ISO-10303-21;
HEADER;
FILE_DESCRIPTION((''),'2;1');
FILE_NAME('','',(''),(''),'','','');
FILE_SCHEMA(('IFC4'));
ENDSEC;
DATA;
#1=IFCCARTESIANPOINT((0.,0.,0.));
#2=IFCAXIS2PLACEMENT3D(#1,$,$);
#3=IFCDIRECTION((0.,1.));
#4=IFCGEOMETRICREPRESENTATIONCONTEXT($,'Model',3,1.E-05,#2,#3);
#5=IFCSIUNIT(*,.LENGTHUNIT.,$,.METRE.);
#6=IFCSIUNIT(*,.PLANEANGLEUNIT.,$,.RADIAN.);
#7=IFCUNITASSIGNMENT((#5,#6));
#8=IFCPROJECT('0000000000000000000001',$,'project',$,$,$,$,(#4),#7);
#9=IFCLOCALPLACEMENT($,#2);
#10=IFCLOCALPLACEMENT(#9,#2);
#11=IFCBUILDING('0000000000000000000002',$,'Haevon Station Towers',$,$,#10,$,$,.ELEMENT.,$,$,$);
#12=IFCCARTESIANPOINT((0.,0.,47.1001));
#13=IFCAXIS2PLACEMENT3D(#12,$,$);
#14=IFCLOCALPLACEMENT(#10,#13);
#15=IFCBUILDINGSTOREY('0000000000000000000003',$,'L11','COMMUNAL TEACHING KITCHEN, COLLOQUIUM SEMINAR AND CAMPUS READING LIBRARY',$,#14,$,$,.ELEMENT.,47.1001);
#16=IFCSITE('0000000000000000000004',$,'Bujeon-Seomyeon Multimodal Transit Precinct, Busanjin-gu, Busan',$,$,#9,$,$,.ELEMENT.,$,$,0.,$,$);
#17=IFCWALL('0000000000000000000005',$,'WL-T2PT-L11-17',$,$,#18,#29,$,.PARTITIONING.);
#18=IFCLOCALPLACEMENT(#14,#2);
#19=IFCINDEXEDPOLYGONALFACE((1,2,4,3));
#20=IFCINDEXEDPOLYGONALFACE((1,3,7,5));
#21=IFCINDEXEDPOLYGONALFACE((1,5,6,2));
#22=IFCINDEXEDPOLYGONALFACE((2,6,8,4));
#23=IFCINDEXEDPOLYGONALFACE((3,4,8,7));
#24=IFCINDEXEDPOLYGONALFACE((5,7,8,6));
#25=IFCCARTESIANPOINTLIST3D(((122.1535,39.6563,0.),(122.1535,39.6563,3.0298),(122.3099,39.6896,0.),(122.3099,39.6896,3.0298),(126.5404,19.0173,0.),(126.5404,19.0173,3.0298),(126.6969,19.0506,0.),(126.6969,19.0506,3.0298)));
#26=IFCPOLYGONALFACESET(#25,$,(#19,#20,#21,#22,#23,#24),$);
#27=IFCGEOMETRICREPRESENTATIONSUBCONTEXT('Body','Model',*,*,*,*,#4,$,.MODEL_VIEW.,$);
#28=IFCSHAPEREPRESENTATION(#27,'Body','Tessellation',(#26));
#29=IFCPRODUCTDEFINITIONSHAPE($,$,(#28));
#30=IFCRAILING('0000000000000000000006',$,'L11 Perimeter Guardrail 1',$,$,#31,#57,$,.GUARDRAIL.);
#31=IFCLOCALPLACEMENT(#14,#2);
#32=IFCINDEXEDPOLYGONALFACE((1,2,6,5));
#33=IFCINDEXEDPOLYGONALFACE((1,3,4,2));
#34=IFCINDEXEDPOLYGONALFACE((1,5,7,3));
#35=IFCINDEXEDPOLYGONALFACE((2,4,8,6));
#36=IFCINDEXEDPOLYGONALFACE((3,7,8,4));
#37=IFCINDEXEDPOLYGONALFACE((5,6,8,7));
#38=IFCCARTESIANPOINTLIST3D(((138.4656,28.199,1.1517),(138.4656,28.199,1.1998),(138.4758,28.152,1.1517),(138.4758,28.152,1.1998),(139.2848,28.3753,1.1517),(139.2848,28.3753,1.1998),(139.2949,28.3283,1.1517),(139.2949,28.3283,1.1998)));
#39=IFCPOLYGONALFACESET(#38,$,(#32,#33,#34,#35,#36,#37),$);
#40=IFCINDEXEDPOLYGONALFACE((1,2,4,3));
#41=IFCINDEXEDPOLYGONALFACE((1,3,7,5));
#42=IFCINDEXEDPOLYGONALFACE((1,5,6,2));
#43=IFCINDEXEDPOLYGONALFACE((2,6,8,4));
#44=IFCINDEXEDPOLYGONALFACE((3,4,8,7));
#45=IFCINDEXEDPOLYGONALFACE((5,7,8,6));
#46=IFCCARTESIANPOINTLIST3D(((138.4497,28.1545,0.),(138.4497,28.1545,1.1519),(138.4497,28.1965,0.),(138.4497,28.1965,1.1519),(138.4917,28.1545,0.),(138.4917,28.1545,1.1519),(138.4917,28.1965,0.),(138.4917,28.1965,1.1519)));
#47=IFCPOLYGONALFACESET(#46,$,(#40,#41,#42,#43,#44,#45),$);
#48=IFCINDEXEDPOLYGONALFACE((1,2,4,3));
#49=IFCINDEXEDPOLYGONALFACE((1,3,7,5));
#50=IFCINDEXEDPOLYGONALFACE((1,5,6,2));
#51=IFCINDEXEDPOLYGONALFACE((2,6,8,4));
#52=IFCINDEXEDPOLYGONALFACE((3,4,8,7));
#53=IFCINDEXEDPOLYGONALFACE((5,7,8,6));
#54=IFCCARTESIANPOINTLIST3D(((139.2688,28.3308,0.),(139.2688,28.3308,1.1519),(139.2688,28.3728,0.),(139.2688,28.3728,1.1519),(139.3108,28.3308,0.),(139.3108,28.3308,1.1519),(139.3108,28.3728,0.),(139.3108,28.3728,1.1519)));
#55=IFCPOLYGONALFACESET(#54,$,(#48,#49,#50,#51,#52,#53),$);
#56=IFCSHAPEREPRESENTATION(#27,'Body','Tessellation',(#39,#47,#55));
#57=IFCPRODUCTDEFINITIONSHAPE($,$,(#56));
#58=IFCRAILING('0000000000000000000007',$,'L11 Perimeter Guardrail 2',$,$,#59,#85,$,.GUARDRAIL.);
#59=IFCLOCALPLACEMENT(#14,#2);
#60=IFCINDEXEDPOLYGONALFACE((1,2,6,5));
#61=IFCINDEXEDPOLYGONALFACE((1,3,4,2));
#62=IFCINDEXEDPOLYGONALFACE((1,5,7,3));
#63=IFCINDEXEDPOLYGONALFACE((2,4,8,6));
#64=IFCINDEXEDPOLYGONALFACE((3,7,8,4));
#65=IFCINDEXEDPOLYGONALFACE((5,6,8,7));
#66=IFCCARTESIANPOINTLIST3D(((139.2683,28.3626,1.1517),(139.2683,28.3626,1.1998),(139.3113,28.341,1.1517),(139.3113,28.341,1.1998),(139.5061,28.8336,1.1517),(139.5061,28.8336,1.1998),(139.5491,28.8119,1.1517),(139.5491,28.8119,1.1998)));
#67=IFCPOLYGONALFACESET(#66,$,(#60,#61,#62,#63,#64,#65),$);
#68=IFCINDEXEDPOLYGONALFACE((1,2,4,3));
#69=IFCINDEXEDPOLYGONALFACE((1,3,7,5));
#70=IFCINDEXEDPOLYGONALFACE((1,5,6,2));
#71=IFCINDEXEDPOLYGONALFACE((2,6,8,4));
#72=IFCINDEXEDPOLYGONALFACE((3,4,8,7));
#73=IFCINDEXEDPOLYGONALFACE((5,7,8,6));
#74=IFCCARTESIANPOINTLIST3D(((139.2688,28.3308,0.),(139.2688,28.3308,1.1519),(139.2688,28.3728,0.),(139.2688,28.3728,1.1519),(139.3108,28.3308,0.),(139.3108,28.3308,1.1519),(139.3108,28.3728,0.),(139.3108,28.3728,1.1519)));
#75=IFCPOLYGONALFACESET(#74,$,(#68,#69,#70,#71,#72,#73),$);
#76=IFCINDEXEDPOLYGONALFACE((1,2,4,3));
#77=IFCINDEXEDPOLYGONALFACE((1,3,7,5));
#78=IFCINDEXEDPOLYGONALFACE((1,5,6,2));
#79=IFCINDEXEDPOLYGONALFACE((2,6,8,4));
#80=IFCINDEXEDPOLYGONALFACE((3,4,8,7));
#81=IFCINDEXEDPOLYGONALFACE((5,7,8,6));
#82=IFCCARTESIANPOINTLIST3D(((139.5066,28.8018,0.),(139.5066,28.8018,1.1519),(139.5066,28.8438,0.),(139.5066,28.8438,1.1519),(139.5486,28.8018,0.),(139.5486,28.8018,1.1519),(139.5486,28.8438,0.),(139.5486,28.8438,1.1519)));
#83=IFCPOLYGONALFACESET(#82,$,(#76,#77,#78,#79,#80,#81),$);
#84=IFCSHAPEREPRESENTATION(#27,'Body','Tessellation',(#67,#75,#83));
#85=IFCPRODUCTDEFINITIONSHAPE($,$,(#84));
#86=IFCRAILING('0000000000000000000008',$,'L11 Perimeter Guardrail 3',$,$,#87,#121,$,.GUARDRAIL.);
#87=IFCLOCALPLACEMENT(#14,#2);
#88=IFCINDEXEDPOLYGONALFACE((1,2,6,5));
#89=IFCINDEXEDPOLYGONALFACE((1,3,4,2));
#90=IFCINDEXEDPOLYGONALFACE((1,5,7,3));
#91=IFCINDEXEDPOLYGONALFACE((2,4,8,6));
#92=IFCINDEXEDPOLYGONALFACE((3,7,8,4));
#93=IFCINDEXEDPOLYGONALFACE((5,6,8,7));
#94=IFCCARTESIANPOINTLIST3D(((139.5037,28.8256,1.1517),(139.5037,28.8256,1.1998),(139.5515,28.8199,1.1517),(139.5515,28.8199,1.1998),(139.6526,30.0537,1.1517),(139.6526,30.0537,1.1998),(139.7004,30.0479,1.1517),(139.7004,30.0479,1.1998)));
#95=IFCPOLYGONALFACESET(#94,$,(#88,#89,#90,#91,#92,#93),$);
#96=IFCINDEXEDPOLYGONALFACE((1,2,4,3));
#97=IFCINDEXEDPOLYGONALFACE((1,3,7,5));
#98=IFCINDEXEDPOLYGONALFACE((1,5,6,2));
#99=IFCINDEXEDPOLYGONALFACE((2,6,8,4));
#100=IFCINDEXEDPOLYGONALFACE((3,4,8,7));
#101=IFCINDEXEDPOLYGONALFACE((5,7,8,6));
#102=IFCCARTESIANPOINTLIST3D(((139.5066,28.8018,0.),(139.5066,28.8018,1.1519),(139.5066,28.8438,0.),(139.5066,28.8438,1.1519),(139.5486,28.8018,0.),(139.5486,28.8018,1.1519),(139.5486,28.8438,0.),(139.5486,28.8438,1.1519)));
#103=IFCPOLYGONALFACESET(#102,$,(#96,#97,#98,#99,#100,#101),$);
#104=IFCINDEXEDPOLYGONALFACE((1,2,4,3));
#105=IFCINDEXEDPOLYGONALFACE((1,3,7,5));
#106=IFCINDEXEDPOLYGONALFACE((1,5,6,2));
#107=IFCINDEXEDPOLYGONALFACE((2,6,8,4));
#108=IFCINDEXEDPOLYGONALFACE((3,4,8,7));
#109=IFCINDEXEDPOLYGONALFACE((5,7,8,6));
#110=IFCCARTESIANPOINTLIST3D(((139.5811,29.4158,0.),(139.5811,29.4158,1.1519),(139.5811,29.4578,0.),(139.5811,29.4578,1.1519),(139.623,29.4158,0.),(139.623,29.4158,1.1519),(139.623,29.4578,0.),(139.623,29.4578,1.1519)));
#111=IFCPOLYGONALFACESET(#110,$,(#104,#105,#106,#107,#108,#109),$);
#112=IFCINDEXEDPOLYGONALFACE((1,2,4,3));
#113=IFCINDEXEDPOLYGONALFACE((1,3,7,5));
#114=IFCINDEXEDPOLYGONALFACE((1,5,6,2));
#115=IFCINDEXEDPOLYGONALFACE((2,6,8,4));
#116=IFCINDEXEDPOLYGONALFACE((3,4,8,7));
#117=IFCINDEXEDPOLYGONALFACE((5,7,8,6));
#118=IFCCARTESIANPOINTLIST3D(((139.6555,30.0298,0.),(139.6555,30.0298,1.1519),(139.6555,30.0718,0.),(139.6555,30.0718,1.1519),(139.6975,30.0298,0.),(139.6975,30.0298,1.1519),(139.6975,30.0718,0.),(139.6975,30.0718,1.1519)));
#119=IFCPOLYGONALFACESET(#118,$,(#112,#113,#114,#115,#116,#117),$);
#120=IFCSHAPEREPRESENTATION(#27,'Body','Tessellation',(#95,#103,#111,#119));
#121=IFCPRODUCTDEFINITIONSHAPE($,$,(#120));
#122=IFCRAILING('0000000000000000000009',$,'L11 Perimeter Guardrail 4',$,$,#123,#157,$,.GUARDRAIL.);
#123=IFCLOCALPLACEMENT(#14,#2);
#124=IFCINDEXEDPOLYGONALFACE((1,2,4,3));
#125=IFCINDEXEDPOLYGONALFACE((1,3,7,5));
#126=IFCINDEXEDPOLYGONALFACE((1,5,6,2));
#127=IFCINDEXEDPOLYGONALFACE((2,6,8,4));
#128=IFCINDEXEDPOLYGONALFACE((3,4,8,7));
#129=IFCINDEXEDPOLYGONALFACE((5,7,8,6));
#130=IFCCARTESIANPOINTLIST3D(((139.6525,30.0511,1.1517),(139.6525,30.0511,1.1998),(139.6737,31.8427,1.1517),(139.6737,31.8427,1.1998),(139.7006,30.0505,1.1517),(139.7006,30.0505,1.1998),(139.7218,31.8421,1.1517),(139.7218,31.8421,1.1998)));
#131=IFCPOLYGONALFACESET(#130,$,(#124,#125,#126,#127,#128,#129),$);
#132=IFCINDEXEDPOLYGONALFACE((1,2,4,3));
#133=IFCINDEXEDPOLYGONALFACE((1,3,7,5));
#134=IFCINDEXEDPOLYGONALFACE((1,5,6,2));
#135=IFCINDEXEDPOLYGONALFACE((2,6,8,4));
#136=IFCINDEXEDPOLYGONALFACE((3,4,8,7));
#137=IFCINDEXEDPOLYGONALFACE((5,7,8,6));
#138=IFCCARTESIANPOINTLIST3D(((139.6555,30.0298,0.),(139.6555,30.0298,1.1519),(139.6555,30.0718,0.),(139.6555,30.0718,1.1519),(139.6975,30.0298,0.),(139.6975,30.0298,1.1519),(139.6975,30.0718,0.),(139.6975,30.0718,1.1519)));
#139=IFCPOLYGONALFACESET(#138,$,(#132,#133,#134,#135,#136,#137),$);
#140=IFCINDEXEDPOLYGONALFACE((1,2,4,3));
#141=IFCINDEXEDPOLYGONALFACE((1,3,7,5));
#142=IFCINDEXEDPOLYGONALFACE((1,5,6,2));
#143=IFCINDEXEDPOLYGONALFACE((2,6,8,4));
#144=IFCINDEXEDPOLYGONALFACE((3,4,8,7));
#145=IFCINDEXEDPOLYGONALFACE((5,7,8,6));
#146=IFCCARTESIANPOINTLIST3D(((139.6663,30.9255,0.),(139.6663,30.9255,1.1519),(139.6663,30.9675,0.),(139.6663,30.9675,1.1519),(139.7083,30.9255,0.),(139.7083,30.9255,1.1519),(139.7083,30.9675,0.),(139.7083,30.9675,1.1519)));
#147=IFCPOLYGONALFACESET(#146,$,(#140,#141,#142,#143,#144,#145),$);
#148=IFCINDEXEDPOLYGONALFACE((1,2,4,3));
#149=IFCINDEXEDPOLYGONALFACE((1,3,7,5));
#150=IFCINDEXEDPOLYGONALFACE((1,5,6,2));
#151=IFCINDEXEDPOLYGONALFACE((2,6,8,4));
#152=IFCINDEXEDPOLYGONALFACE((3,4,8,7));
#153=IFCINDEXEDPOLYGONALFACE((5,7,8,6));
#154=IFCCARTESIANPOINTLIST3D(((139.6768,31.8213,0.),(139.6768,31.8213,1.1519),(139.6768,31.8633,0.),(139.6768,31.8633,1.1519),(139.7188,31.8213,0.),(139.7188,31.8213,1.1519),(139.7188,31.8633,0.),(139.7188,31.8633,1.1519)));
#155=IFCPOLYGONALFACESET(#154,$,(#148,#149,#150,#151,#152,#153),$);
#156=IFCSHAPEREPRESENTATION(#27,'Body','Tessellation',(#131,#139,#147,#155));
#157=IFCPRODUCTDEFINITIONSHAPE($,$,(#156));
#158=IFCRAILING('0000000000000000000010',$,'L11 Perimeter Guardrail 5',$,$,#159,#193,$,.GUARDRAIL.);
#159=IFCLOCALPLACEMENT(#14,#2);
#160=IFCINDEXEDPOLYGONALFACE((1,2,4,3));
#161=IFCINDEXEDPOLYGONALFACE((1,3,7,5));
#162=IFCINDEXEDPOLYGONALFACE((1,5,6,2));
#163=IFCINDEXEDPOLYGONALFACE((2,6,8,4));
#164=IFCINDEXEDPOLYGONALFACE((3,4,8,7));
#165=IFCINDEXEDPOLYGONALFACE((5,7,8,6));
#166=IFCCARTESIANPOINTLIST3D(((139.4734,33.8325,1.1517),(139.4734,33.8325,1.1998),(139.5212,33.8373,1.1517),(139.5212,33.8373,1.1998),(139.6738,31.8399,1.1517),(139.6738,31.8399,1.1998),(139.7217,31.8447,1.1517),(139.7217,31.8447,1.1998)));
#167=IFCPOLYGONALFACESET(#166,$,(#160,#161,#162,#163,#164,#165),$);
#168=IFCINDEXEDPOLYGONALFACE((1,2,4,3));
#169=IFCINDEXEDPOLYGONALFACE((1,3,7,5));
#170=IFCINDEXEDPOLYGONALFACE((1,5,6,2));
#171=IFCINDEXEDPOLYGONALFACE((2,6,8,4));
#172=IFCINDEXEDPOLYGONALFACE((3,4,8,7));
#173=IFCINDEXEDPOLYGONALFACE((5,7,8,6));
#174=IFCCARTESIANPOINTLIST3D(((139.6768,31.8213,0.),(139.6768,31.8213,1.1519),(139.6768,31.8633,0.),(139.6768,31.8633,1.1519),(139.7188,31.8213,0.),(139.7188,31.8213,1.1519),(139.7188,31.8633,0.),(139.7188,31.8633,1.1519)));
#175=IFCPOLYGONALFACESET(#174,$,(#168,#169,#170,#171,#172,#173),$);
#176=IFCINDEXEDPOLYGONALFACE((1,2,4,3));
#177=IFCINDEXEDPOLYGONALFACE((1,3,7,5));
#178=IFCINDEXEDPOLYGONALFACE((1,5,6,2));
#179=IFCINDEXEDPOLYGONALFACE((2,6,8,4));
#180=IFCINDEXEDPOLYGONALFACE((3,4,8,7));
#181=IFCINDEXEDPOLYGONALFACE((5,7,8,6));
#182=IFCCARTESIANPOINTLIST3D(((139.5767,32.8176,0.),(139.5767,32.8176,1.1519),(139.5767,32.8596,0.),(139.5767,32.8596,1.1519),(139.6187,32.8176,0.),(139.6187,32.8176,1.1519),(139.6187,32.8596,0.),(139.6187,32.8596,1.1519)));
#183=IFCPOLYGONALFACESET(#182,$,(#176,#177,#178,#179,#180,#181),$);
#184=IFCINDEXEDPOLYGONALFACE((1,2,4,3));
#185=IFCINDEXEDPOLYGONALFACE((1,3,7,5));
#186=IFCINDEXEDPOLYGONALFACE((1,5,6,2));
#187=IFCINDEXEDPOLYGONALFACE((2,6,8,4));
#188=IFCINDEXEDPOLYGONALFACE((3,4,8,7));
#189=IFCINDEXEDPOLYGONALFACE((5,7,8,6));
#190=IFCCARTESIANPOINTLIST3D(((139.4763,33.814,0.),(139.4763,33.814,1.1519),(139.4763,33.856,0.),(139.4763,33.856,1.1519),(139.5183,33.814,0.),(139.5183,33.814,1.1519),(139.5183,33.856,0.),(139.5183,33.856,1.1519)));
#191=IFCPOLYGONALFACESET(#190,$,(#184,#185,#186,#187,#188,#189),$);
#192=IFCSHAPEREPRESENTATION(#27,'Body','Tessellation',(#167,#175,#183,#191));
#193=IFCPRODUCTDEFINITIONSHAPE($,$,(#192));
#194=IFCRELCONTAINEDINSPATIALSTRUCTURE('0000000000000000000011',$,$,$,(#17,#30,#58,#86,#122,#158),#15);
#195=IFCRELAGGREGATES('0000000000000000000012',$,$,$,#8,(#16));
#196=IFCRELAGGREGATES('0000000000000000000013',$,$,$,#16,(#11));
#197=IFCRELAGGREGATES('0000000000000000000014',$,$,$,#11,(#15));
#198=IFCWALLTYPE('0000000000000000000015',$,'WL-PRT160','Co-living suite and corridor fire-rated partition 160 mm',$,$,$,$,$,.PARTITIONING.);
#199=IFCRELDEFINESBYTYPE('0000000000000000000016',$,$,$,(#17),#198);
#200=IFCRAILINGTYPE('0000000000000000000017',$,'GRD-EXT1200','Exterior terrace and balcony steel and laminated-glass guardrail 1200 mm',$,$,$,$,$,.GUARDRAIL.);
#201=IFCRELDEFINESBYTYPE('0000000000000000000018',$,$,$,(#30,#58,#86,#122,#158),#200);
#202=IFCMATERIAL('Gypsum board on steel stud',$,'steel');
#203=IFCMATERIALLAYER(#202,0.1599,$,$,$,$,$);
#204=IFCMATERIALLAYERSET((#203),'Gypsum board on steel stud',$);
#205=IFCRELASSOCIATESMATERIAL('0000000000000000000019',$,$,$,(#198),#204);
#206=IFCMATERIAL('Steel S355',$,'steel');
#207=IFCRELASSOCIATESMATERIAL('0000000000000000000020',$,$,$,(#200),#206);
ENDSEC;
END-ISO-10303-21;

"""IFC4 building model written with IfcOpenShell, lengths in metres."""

from ifc_helpers import new_model, si_unit, direction, frame, frame_2d, origin, origin_2d, place, context, subcontext, project, spatial, rectangle, extrude, material, layer, layer_set, type_object, element, save


model = new_model("IFC4")

# Units and contexts
model_context = context("Model", 3, precision=1e-05, world=origin(), true_north=direction((0.0, 1.0)))
body_context = subcontext(model_context, "Body", "Model", "MODEL_VIEW")
ifc_project = project(units=[si_unit("LENGTHUNIT", "METRE"), si_unit("PLANEANGLEUNIT", "RADIAN")], contexts=[model_context])

# Site, building, storey
site_placement = place(None, origin())
site = spatial("IfcSite", under=ifc_project, at=site_placement, Name="Bujeon-Seomyeon Multimodal Transit Precinct, Busanjin-gu, Busan", CompositionType="ELEMENT", RefElevation=0.0)
building_placement = place(site_placement, origin())
building = spatial("IfcBuilding", under=site, at=building_placement, Name="Haevon Station Towers", CompositionType="ELEMENT")
storey_placement = place(building_placement, frame((0.0, 0.0, 47.1001)))
storey = spatial("IfcBuildingStorey", under=building, at=storey_placement, Name="L11", Description="COMMUNAL TEACHING KITCHEN, COLLOQUIUM SEMINAR AND CAMPUS READING LIBRARY", CompositionType="ELEMENT", Elevation=47.1001)

# Shared definitions
ifc_material_1 = material(Name="Steel S355", Category="steel")

# Shared definitions
ifc_material_2 = material(Name="Gypsum board on steel stud", Category="steel")

# Shared definitions
ifc_layer_1 = layer(ifc_material_2, 0.1599)
ifc_layer_set_1 = layer_set([ifc_layer_1], Name="Gypsum board on steel stud")
wall_type_1 = type_object("IfcWallType", Name="WL-PRT160", Description="Co-living suite and corridor fire-rated partition 160 mm", PredefinedType="PARTITIONING", material=ifc_layer_set_1)

# Wall
wall_1_placement = place(storey_placement, frame((126.6187, 19.0339, 0.0), z_axis=(0.0, 0.0, 1.0), x_axis=(-0.207913, 0.978147, 0.0)))
element("IfcWall", 1, at=wall_1_placement, inside=storey, type_object=wall_type_1, Name="WL-T2PT-L11-17", PredefinedType="PARTITIONING", context=body_context, shape_type="SweptSolid", body=[
    extrude(rectangle(XDim=21.1001, YDim=0.1599, at=frame_2d((10.55, 0.0))), origin(), (0.0, 0.0, 1.0), 3.0298),
])

# Railings
railing_type = type_object("IfcRailingType", Name="GRD-EXT1200", Description="Exterior terrace and balcony steel and laminated-glass guardrail 1200 mm", PredefinedType="GUARDRAIL", material=ifc_material_1)
railing_1_placement = place(storey_placement, frame((138.4707, 28.1755, 0.0)))
element("IfcRailing", 2, at=railing_1_placement, inside=storey, type_object=railing_type, Name="L11 Perimeter Guardrail 1", PredefinedType="GUARDRAIL", context=body_context, shape_type="SweptSolid", body=[
    extrude(rectangle(XDim=0.0481, YDim=0.0481, at=origin_2d()), frame((0.0, 0.0, 1.1758), z_axis=(0.977619, 0.210385, 0.0), x_axis=(-0.210385, 0.977619, 0.0)), (0.0, 0.0, 1.0), 0.8379),
    extrude(rectangle(XDim=0.042, YDim=0.042, at=origin_2d()), origin(), (0.0, 0.0, 1.0), 1.1519),
    extrude(rectangle(XDim=0.042, YDim=0.042, at=origin_2d()), frame((0.8191, 0.1763, 0.0)), (0.0, 0.0, 1.0), 1.1519),
])
railing_2_placement = place(storey_placement, frame((139.2898, 28.3518, 0.0)))
element("IfcRailing", 3, at=railing_2_placement, inside=storey, type_object=railing_type, Name="L11 Perimeter Guardrail 2", PredefinedType="GUARDRAIL", context=body_context, shape_type="SweptSolid", body=[
    extrude(rectangle(XDim=0.0481, YDim=0.0481, at=origin_2d()), frame((0.0, 0.0, 1.1758), z_axis=(0.450727, 0.892662, 0.0), x_axis=(-0.892662, 0.450727, 0.0)), (0.0, 0.0, 1.0), 0.5276),
    extrude(rectangle(XDim=0.042, YDim=0.042, at=origin_2d()), origin(), (0.0, 0.0, 1.0), 1.1519),
    extrude(rectangle(XDim=0.042, YDim=0.042, at=origin_2d()), frame((0.2378, 0.4709, 0.0)), (0.0, 0.0, 1.0), 1.1519),
])
railing_3_placement = place(storey_placement, frame((139.5276, 28.8228, 0.0)))
element("IfcRailing", 4, at=railing_3_placement, inside=storey, type_object=railing_type, Name="L11 Perimeter Guardrail 3", PredefinedType="GUARDRAIL", context=body_context, shape_type="SweptSolid", body=[
    extrude(rectangle(XDim=0.0481, YDim=0.0481, at=origin_2d()), frame((0.0, 0.0, 1.1758), z_axis=(0.12039, 0.992727, 0.0), x_axis=(-0.992727, 0.12039, 0.0)), (0.0, 0.0, 1.0), 1.2371),
    extrude(rectangle(XDim=0.042, YDim=0.042, at=origin_2d()), origin(), (0.0, 0.0, 1.0), 1.1519),
    extrude(rectangle(XDim=0.042, YDim=0.042, at=origin_2d()), frame((0.0745, 0.614, 0.0)), (0.0, 0.0, 1.0), 1.1519),
    extrude(rectangle(XDim=0.042, YDim=0.042, at=origin_2d()), frame((0.1489, 1.228, 0.0)), (0.0, 0.0, 1.0), 1.1519),
])
railing_4_placement = place(storey_placement, frame((139.6765, 30.0508, 0.0)))
element("IfcRailing", 5, at=railing_4_placement, inside=storey, type_object=railing_type, Name="L11 Perimeter Guardrail 4", PredefinedType="GUARDRAIL", context=body_context, shape_type="SweptSolid", body=[
    extrude(rectangle(XDim=0.0481, YDim=0.0481, at=origin_2d()), frame((0.0, 0.0, 1.1758), z_axis=(0.011855, 0.99993, 0.0), x_axis=(-0.99993, 0.011855, 0.0)), (0.0, 0.0, 1.0), 1.7917),
    extrude(rectangle(XDim=0.042, YDim=0.042, at=origin_2d()), origin(), (0.0, 0.0, 1.0), 1.1519),
    extrude(rectangle(XDim=0.042, YDim=0.042, at=origin_2d()), frame((0.0107, 0.8958, 0.0)), (0.0, 0.0, 1.0), 1.1519),
    extrude(rectangle(XDim=0.042, YDim=0.042, at=origin_2d()), frame((0.0212, 1.7915, 0.0)), (0.0, 0.0, 1.0), 1.1519),
])
railing_5_placement = place(storey_placement, frame((139.6978, 31.8423, 0.0)))
element("IfcRailing", 6, at=railing_5_placement, inside=storey, type_object=railing_type, Name="L11 Perimeter Guardrail 5", PredefinedType="GUARDRAIL", context=body_context, shape_type="SweptSolid", body=[
    extrude(rectangle(XDim=0.0481, YDim=0.0481, at=origin_2d()), frame((0.0, 0.0, 1.1758), z_axis=(-0.100083, 0.994979, 0.0), x_axis=(-0.994979, -0.100083, 0.0)), (0.0, 0.0, 1.0), 2.0027),
    extrude(rectangle(XDim=0.042, YDim=0.042, at=origin_2d()), origin(), (0.0, 0.0, 1.0), 1.1519),
    extrude(rectangle(XDim=0.042, YDim=0.042, at=origin_2d()), frame((-0.1001, 0.9963, 0.0)), (0.0, 0.0, 1.0), 1.1519),
    extrude(rectangle(XDim=0.042, YDim=0.042, at=origin_2d()), frame((-0.2004, 1.9927, 0.0)), (0.0, 0.0, 1.0), 1.1519),
])

save(model, "model.ifc")
